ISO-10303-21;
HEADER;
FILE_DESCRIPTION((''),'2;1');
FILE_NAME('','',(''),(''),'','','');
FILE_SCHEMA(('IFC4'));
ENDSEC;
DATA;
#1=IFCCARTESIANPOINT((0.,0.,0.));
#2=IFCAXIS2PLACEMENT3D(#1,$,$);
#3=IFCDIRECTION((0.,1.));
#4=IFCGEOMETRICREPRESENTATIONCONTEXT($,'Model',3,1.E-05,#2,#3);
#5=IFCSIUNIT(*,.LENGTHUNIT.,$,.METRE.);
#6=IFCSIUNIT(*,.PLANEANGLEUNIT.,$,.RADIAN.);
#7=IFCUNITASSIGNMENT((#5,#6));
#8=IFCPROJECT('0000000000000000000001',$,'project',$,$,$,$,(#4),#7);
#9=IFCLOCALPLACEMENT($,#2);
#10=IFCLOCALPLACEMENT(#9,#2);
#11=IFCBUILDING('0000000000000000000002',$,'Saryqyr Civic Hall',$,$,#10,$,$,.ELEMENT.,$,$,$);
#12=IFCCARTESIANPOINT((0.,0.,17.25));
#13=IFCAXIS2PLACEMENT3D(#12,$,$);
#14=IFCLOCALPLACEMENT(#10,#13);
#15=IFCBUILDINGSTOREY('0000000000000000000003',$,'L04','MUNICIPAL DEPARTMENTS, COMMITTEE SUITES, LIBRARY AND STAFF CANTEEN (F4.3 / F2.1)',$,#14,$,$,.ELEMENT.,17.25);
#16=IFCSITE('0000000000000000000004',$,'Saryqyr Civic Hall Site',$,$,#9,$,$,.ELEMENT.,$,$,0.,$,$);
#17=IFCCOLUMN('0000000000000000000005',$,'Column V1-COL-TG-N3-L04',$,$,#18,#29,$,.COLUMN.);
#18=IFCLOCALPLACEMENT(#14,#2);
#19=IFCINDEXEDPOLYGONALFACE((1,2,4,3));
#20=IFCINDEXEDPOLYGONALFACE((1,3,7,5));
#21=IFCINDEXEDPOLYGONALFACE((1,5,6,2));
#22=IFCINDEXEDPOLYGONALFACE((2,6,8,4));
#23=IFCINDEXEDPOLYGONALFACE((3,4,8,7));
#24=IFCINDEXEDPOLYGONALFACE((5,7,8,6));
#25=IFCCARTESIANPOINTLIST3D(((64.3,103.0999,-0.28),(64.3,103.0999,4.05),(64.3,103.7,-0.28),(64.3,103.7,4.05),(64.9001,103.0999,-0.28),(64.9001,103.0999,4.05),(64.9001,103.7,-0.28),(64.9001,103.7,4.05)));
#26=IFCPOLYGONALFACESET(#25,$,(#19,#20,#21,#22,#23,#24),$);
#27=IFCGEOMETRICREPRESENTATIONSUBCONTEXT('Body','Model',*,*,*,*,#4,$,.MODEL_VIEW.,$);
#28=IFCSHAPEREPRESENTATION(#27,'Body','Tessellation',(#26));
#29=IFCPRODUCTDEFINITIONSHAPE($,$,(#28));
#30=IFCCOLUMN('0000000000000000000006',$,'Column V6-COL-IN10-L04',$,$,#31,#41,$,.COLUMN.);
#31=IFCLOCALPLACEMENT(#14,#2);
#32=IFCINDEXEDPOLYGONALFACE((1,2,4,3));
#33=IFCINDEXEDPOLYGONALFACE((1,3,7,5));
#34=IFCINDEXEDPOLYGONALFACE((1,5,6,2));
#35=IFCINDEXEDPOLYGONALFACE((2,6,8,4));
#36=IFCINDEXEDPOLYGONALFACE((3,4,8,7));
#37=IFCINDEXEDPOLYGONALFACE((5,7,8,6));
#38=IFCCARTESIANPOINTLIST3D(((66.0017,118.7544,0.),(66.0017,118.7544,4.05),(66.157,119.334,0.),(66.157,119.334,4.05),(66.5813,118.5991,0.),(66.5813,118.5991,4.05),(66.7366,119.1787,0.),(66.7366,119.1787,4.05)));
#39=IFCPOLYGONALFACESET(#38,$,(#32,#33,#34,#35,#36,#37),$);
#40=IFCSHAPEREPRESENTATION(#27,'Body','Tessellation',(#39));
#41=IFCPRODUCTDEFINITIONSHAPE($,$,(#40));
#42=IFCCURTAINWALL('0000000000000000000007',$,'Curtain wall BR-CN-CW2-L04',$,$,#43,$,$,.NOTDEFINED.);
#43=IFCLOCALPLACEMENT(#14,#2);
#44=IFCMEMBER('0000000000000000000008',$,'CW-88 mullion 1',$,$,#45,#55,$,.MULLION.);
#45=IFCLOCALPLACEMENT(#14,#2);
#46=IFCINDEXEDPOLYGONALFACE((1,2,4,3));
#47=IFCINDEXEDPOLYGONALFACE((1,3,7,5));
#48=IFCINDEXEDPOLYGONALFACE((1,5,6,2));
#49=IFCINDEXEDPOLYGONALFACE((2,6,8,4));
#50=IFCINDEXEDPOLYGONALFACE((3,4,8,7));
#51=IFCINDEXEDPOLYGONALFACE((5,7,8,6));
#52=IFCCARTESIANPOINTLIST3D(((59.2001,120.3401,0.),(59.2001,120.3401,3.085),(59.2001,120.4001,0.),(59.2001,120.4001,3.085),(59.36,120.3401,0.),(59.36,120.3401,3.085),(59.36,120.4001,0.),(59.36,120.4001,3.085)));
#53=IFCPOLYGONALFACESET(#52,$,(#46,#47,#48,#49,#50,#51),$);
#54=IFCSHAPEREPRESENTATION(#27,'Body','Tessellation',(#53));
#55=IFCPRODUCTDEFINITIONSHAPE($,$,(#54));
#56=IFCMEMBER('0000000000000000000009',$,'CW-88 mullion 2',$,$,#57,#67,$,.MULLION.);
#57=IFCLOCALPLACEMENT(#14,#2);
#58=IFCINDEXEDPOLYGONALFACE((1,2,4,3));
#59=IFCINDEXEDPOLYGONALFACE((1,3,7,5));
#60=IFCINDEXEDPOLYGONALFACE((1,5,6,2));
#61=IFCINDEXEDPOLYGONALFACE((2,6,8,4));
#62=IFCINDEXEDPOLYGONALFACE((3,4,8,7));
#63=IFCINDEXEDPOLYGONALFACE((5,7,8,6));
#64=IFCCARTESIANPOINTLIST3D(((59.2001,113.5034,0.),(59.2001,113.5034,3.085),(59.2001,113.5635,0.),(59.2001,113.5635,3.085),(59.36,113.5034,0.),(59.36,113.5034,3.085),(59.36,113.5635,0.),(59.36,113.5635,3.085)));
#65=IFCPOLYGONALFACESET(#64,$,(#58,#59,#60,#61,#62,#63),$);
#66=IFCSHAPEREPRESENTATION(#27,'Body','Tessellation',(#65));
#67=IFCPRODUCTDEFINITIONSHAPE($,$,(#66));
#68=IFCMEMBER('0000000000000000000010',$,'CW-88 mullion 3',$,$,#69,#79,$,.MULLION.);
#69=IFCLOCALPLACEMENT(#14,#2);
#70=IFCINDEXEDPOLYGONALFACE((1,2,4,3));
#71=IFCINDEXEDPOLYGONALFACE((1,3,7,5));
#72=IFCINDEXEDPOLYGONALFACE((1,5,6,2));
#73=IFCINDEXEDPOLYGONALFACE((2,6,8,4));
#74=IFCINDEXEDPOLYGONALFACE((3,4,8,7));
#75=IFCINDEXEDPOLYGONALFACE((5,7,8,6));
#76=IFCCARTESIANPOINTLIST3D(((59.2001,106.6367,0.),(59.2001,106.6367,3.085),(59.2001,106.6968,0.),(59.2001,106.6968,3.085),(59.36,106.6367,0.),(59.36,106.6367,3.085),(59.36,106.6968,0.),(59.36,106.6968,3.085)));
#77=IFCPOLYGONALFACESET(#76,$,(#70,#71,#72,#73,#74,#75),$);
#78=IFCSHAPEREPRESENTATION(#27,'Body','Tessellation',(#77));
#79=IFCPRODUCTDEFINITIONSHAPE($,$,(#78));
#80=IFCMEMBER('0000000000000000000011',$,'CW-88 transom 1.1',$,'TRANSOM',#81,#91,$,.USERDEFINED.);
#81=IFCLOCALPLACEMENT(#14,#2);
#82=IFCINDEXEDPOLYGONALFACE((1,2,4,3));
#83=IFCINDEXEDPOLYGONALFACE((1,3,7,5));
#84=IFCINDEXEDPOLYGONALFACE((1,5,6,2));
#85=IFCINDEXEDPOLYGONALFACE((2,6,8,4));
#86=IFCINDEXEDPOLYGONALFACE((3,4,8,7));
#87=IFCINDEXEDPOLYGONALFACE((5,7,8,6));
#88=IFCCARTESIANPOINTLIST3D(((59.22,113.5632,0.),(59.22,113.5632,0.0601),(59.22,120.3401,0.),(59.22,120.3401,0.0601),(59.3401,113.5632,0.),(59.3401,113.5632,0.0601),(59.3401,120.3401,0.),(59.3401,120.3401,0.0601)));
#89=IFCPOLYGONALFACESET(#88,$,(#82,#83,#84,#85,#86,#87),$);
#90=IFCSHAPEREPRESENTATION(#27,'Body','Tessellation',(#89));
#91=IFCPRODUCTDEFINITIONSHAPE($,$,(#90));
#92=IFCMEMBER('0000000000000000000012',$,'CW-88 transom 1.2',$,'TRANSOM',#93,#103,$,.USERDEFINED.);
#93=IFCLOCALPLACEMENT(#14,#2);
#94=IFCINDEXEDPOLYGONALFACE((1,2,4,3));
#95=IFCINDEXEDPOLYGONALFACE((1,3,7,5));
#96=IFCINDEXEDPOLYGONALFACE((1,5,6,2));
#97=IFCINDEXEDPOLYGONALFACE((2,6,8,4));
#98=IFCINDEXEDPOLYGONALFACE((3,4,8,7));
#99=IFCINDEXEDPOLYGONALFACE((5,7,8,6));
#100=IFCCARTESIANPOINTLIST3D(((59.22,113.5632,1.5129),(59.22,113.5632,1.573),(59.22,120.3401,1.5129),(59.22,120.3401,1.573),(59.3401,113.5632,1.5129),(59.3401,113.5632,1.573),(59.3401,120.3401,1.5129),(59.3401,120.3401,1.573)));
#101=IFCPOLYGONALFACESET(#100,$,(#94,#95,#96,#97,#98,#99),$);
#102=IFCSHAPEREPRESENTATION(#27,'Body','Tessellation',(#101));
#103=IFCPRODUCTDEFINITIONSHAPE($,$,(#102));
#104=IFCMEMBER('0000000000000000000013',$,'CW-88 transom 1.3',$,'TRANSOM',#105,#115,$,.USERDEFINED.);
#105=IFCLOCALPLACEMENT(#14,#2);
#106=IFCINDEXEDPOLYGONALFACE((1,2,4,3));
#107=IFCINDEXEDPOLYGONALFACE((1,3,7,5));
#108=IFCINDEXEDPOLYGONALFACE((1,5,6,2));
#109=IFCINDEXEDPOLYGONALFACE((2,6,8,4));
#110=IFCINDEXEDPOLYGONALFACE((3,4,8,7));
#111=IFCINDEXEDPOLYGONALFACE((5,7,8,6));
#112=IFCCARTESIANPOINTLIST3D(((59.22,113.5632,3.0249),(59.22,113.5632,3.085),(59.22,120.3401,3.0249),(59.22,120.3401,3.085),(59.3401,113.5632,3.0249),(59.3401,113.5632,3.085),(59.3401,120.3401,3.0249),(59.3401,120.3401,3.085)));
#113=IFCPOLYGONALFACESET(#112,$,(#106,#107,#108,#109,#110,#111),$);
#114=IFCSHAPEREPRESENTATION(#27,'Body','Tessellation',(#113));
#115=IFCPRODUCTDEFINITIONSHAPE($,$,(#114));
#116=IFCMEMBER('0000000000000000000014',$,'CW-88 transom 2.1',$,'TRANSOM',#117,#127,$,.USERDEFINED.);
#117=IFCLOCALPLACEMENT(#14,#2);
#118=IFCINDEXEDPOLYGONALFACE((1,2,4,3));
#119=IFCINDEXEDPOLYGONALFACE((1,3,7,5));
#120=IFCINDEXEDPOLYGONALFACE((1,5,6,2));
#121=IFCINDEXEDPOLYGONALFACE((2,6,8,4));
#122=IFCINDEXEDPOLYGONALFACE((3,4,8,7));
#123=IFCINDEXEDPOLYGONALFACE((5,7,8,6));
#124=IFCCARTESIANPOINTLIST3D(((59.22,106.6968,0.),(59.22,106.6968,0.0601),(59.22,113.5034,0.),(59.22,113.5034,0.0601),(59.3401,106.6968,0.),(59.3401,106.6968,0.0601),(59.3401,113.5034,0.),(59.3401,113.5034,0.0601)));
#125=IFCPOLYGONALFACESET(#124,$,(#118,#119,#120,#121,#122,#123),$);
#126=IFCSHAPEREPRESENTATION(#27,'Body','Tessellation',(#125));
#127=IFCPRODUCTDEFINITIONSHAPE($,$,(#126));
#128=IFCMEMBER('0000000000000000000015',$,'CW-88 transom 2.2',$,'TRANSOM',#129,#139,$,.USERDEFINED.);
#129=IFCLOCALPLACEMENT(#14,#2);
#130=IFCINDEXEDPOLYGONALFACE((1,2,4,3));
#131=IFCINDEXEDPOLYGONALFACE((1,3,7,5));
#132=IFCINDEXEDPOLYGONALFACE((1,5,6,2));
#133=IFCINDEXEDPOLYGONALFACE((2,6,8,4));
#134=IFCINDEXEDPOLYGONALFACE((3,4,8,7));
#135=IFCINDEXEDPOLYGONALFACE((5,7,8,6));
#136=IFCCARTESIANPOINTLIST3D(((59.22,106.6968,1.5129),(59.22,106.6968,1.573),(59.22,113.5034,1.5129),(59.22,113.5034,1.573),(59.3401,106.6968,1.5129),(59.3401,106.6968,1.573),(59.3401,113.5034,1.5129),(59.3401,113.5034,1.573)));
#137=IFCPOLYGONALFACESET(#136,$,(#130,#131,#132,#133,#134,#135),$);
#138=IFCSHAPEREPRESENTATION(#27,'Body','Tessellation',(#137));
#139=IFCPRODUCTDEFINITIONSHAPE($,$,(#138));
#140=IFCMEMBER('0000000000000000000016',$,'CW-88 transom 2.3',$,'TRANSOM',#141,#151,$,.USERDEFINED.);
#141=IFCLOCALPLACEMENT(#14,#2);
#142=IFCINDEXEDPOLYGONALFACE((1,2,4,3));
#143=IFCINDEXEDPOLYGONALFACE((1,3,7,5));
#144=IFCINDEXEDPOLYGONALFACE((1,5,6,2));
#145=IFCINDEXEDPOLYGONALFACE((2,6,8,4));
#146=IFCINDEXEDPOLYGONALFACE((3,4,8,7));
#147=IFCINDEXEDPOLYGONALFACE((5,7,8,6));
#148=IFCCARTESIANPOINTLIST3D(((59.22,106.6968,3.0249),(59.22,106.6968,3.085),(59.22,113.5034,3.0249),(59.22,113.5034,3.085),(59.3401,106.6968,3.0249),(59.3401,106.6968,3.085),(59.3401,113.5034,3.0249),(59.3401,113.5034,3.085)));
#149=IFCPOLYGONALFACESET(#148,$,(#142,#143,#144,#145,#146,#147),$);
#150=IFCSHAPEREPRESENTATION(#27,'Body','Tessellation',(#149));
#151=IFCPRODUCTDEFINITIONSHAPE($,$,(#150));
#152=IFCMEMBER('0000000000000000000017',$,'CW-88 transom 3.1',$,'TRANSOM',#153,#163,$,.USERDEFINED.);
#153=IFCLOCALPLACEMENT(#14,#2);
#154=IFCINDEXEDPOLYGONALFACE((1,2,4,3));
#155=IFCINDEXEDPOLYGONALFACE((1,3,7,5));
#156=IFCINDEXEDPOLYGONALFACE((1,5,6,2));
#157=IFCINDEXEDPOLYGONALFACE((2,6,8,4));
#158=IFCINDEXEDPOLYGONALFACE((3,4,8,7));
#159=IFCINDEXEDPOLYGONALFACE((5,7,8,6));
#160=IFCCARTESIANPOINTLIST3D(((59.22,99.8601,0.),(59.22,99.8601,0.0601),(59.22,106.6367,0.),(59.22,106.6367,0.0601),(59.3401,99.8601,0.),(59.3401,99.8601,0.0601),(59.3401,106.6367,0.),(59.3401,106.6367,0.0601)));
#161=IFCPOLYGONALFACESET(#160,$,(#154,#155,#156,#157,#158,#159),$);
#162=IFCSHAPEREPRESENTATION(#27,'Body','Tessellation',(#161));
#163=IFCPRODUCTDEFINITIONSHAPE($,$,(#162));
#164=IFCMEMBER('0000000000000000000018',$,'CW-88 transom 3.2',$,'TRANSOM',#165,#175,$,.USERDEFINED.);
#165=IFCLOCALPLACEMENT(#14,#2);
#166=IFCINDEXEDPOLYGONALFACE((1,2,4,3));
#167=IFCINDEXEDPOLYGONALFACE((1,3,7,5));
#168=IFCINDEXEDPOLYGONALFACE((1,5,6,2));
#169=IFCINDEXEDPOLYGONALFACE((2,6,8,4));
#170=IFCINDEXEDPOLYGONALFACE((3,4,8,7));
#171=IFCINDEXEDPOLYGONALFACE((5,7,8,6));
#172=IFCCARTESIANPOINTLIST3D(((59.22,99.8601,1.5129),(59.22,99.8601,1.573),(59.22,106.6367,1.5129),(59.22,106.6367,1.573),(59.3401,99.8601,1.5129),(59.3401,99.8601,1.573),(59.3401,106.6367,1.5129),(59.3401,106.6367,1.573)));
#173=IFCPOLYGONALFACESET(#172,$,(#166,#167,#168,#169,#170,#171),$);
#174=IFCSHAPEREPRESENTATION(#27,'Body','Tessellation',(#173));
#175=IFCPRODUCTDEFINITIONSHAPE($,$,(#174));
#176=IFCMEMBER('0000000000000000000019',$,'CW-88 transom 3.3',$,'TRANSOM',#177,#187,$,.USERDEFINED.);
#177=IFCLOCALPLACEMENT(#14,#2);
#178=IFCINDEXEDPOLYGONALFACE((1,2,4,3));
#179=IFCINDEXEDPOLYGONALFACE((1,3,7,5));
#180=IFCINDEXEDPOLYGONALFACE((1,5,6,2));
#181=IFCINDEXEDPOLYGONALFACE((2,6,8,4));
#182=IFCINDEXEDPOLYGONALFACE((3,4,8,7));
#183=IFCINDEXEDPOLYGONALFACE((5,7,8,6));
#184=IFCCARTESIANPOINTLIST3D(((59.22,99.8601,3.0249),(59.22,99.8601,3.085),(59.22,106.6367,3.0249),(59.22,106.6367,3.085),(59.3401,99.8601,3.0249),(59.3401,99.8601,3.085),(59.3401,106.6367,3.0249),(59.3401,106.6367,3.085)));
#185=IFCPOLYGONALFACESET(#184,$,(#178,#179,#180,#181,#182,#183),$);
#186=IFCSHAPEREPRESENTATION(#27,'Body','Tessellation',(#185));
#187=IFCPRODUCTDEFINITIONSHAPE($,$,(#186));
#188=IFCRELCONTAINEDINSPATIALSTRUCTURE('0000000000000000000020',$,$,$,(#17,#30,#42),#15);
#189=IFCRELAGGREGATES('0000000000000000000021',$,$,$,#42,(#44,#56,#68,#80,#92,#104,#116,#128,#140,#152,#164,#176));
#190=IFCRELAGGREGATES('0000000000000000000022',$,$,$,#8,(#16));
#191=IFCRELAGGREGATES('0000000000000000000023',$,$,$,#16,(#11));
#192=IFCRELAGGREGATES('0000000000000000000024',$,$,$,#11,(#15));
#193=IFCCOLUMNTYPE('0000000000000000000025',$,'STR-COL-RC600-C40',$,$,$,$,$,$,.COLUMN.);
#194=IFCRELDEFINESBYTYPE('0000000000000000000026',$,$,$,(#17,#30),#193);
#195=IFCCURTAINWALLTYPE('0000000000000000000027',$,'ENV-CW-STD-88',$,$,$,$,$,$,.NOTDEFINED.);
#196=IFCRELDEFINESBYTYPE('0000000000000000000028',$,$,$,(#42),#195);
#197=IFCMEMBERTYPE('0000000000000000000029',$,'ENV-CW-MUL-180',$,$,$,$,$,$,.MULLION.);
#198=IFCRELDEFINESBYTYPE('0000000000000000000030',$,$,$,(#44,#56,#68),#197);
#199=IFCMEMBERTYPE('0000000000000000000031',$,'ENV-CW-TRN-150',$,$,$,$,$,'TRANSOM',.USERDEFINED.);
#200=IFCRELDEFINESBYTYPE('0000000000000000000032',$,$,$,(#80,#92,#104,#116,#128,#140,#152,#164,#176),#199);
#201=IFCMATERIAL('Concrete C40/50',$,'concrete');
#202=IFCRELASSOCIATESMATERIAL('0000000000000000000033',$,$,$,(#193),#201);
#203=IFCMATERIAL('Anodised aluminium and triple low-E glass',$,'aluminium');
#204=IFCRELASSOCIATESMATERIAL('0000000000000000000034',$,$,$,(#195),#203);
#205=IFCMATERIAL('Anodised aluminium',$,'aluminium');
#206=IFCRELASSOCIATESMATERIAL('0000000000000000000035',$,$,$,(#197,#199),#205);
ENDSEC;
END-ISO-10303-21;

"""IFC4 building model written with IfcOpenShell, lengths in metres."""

from ifc_helpers import new_model, si_unit, direction, frame, origin, origin_2d, place, context, subcontext, project, spatial, rectangle, extrude, material, material_profile, profile_set, type_object, element, aggregate, save


model = new_model("IFC4")

# Units and contexts
model_context = context("Model", 3, precision=1e-05, world=origin(), true_north=direction((0.0, 1.0)))
body_context = subcontext(model_context, "Body", "Model", "MODEL_VIEW")
ifc_project = project(units=[si_unit("LENGTHUNIT", "METRE"), si_unit("PLANEANGLEUNIT", "RADIAN")], contexts=[model_context])

# Site, building, storey
site_placement = place(None, origin())
site = spatial("IfcSite", under=ifc_project, at=site_placement, Name="Saryqyr Civic Hall Site", CompositionType="ELEMENT", RefElevation=0.0)
building_placement = place(site_placement, origin())
building = spatial("IfcBuilding", under=site, at=building_placement, Name="Saryqyr Civic Hall", CompositionType="ELEMENT")
storey_placement = place(building_placement, frame((0.0, 0.0, 17.25)))
storey = spatial("IfcBuildingStorey", under=building, at=storey_placement, Name="L04", Description="MUNICIPAL DEPARTMENTS, COMMITTEE SUITES, LIBRARY AND STAFF CANTEEN (F4.3 / F2.1)", CompositionType="ELEMENT", Elevation=17.25)

# Columns
ifc_material_1 = material(Name="Concrete C40/50", Category="concrete")
ifc_material_profile_1 = material_profile(ifc_material_1, rectangle(XDim=0.6001, YDim=0.6001, at=origin_2d()), Name="RC 600x600")
ifc_profile_set_1 = profile_set([ifc_material_profile_1], Name="Concrete C40/50")
column_type = type_object("IfcColumnType", Name="STR-COL-RC600-C40", PredefinedType="COLUMN", material=ifc_profile_set_1)
column_1_placement = place(storey_placement, frame((64.6001, 103.3999, -0.28), z_axis=(0.0, 0.0, 1.0), x_axis=(1.0, 0.0, 0.0)))
element("IfcColumn", 1, at=column_1_placement, inside=storey, type_object=column_type, Name="Column V1-COL-TG-N3-L04", PredefinedType="COLUMN", context=body_context, shape_type="SweptSolid", body=[
    extrude(rectangle(XDim=0.6001, YDim=0.6001, at=origin_2d()), origin(), (0.0, 0.0, 1.0), 4.3301),
])
column_2_placement = place(storey_placement, frame((66.3691, 118.9666, 0.0), z_axis=(0.0, 0.0, 1.0), x_axis=(0.258819, 0.965926, 0.0)))
element("IfcColumn", 2, at=column_2_placement, inside=storey, type_object=column_type, Name="Column V6-COL-IN10-L04", PredefinedType="COLUMN", context=body_context, shape_type="SweptSolid", body=[
    extrude(rectangle(XDim=0.6001, YDim=0.6001, at=origin_2d()), origin(), (0.0, 0.0, 1.0), 4.05),
])

# Curtain wall, members
ifc_material_2 = material(Name="Anodised aluminium and triple low-E glass", Category="aluminium")
curtain_wall_type = type_object("IfcCurtainWallType", Name="ENV-CW-STD-88", PredefinedType="NOTDEFINED", material=ifc_material_2)
curtain_wall_placement = place(storey_placement, origin())
curtain_wall = element("IfcCurtainWall", 3, at=curtain_wall_placement, inside=storey, type_object=curtain_wall_type, Name="Curtain wall BR-CN-CW2-L04", PredefinedType="NOTDEFINED")
ifc_material_3 = material(Name="Anodised aluminium", Category="aluminium")
ifc_material_profile_2 = material_profile(ifc_material_3, rectangle(XDim=0.0601, YDim=0.1599, at=origin_2d()), Name="ALU MULLION 60x160")
ifc_profile_set_2 = profile_set([ifc_material_profile_2], Name="Anodised aluminium")
member_type_1 = type_object("IfcMemberType", Name="ENV-CW-MUL-180", PredefinedType="MULLION", material=ifc_profile_set_2)
member_1_placement = place(storey_placement, frame((59.28, 120.3701, 0.0), z_axis=(0.0, 0.0, 1.0), x_axis=(0.0, -1.0, 0.0)))
member_1 = element("IfcMember", 4, at=member_1_placement, type_object=member_type_1, Name="CW-88 mullion 1", PredefinedType="MULLION", context=body_context, shape_type="SweptSolid", body=[
    extrude(rectangle(XDim=0.0601, YDim=0.1599, at=origin_2d()), origin(), (0.0, 0.0, 1.0), 3.085),
])
member_2_placement = place(storey_placement, frame((59.28, 113.5334, 0.0), z_axis=(0.0, 0.0, 1.0), x_axis=(0.0, -1.0, 0.0)))
member_2 = element("IfcMember", 5, at=member_2_placement, type_object=member_type_1, Name="CW-88 mullion 2", PredefinedType="MULLION", context=body_context, shape_type="SweptSolid", body=[
    extrude(rectangle(XDim=0.0601, YDim=0.1599, at=origin_2d()), origin(), (0.0, 0.0, 1.0), 3.085),
])
member_3_placement = place(storey_placement, frame((59.28, 106.6667, 0.0), z_axis=(0.0, 0.0, 1.0), x_axis=(0.0, -1.0, 0.0)))
member_3 = element("IfcMember", 6, at=member_3_placement, type_object=member_type_1, Name="CW-88 mullion 3", PredefinedType="MULLION", context=body_context, shape_type="SweptSolid", body=[
    extrude(rectangle(XDim=0.0601, YDim=0.1599, at=origin_2d()), origin(), (0.0, 0.0, 1.0), 3.085),
])
ifc_material_profile_3 = material_profile(ifc_material_3, rectangle(XDim=0.1201, YDim=0.0601, at=origin_2d()), Name="ALU TRANSOM 120x60")
ifc_profile_set_3 = profile_set([ifc_material_profile_3], Name="Anodised aluminium")
member_type_2 = type_object("IfcMemberType", Name="ENV-CW-TRN-150", ElementType="TRANSOM", PredefinedType="USERDEFINED", material=ifc_profile_set_3)
member_4_placement = place(storey_placement, frame((59.28, 120.3401, 0.03), z_axis=(0.0, -1.0, 0.0), x_axis=(1.0, 0.0, 0.0)))
member_4 = element("IfcMember", 7, at=member_4_placement, type_object=member_type_2, Name="CW-88 transom 1.1", ObjectType="TRANSOM", PredefinedType="USERDEFINED", context=body_context, shape_type="SweptSolid", body=[
    extrude(rectangle(XDim=0.1201, YDim=0.0601, at=origin_2d()), origin(), (0.0, 0.0, 1.0), 6.7769),
])
member_5_placement = place(storey_placement, frame((59.28, 120.3401, 1.543), z_axis=(0.0, -1.0, 0.0), x_axis=(1.0, 0.0, 0.0)))
member_5 = element("IfcMember", 8, at=member_5_placement, type_object=member_type_2, Name="CW-88 transom 1.2", ObjectType="TRANSOM", PredefinedType="USERDEFINED", context=body_context, shape_type="SweptSolid", body=[
    extrude(rectangle(XDim=0.1201, YDim=0.0601, at=origin_2d()), origin(), (0.0, 0.0, 1.0), 6.7769),
])
member_6_placement = place(storey_placement, frame((59.28, 120.3401, 3.0549), z_axis=(0.0, -1.0, 0.0), x_axis=(1.0, 0.0, 0.0)))
member_6 = element("IfcMember", 9, at=member_6_placement, type_object=member_type_2, Name="CW-88 transom 1.3", ObjectType="TRANSOM", PredefinedType="USERDEFINED", context=body_context, shape_type="SweptSolid", body=[
    extrude(rectangle(XDim=0.1201, YDim=0.0601, at=origin_2d()), origin(), (0.0, 0.0, 1.0), 6.7769),
])
member_7_placement = place(storey_placement, frame((59.28, 113.5034, 0.03), z_axis=(0.0, -1.0, 0.0), x_axis=(1.0, 0.0, 0.0)))
member_7 = element("IfcMember", 10, at=member_7_placement, type_object=member_type_2, Name="CW-88 transom 2.1", ObjectType="TRANSOM", PredefinedType="USERDEFINED", context=body_context, shape_type="SweptSolid", body=[
    extrude(rectangle(XDim=0.1201, YDim=0.0601, at=origin_2d()), origin(), (0.0, 0.0, 1.0), 6.8066),
])
member_8_placement = place(storey_placement, frame((59.28, 113.5034, 1.543), z_axis=(0.0, -1.0, 0.0), x_axis=(1.0, 0.0, 0.0)))
member_8 = element("IfcMember", 11, at=member_8_placement, type_object=member_type_2, Name="CW-88 transom 2.2", ObjectType="TRANSOM", PredefinedType="USERDEFINED", context=body_context, shape_type="SweptSolid", body=[
    extrude(rectangle(XDim=0.1201, YDim=0.0601, at=origin_2d()), origin(), (0.0, 0.0, 1.0), 6.8066),
])
member_9_placement = place(storey_placement, frame((59.28, 113.5034, 3.0549), z_axis=(0.0, -1.0, 0.0), x_axis=(1.0, 0.0, 0.0)))
member_9 = element("IfcMember", 12, at=member_9_placement, type_object=member_type_2, Name="CW-88 transom 2.3", ObjectType="TRANSOM", PredefinedType="USERDEFINED", context=body_context, shape_type="SweptSolid", body=[
    extrude(rectangle(XDim=0.1201, YDim=0.0601, at=origin_2d()), origin(), (0.0, 0.0, 1.0), 6.8066),
])
member_10_placement = place(storey_placement, frame((59.28, 106.6367, 0.03), z_axis=(0.0, -1.0, 0.0), x_axis=(1.0, 0.0, 0.0)))
member_10 = element("IfcMember", 13, at=member_10_placement, type_object=member_type_2, Name="CW-88 transom 3.1", ObjectType="TRANSOM", PredefinedType="USERDEFINED", context=body_context, shape_type="SweptSolid", body=[
    extrude(rectangle(XDim=0.1201, YDim=0.0601, at=origin_2d()), origin(), (0.0, 0.0, 1.0), 6.7766),
])
member_11_placement = place(storey_placement, frame((59.28, 106.6367, 1.543), z_axis=(0.0, -1.0, 0.0), x_axis=(1.0, 0.0, 0.0)))
member_11 = element("IfcMember", 14, at=member_11_placement, type_object=member_type_2, Name="CW-88 transom 3.2", ObjectType="TRANSOM", PredefinedType="USERDEFINED", context=body_context, shape_type="SweptSolid", body=[
    extrude(rectangle(XDim=0.1201, YDim=0.0601, at=origin_2d()), origin(), (0.0, 0.0, 1.0), 6.7766),
])
member_12_placement = place(storey_placement, frame((59.28, 106.6367, 3.0549), z_axis=(0.0, -1.0, 0.0), x_axis=(1.0, 0.0, 0.0)))
member_12 = element("IfcMember", 15, at=member_12_placement, type_object=member_type_2, Name="CW-88 transom 3.3", ObjectType="TRANSOM", PredefinedType="USERDEFINED", context=body_context, shape_type="SweptSolid", body=[
    extrude(rectangle(XDim=0.1201, YDim=0.0601, at=origin_2d()), origin(), (0.0, 0.0, 1.0), 6.7766),
])

aggregate(curtain_wall, [member_1, member_2, member_3, member_4, member_5, member_6, member_7, member_8, member_9, member_10, member_11, member_12])

save(model, "model.ifc")
